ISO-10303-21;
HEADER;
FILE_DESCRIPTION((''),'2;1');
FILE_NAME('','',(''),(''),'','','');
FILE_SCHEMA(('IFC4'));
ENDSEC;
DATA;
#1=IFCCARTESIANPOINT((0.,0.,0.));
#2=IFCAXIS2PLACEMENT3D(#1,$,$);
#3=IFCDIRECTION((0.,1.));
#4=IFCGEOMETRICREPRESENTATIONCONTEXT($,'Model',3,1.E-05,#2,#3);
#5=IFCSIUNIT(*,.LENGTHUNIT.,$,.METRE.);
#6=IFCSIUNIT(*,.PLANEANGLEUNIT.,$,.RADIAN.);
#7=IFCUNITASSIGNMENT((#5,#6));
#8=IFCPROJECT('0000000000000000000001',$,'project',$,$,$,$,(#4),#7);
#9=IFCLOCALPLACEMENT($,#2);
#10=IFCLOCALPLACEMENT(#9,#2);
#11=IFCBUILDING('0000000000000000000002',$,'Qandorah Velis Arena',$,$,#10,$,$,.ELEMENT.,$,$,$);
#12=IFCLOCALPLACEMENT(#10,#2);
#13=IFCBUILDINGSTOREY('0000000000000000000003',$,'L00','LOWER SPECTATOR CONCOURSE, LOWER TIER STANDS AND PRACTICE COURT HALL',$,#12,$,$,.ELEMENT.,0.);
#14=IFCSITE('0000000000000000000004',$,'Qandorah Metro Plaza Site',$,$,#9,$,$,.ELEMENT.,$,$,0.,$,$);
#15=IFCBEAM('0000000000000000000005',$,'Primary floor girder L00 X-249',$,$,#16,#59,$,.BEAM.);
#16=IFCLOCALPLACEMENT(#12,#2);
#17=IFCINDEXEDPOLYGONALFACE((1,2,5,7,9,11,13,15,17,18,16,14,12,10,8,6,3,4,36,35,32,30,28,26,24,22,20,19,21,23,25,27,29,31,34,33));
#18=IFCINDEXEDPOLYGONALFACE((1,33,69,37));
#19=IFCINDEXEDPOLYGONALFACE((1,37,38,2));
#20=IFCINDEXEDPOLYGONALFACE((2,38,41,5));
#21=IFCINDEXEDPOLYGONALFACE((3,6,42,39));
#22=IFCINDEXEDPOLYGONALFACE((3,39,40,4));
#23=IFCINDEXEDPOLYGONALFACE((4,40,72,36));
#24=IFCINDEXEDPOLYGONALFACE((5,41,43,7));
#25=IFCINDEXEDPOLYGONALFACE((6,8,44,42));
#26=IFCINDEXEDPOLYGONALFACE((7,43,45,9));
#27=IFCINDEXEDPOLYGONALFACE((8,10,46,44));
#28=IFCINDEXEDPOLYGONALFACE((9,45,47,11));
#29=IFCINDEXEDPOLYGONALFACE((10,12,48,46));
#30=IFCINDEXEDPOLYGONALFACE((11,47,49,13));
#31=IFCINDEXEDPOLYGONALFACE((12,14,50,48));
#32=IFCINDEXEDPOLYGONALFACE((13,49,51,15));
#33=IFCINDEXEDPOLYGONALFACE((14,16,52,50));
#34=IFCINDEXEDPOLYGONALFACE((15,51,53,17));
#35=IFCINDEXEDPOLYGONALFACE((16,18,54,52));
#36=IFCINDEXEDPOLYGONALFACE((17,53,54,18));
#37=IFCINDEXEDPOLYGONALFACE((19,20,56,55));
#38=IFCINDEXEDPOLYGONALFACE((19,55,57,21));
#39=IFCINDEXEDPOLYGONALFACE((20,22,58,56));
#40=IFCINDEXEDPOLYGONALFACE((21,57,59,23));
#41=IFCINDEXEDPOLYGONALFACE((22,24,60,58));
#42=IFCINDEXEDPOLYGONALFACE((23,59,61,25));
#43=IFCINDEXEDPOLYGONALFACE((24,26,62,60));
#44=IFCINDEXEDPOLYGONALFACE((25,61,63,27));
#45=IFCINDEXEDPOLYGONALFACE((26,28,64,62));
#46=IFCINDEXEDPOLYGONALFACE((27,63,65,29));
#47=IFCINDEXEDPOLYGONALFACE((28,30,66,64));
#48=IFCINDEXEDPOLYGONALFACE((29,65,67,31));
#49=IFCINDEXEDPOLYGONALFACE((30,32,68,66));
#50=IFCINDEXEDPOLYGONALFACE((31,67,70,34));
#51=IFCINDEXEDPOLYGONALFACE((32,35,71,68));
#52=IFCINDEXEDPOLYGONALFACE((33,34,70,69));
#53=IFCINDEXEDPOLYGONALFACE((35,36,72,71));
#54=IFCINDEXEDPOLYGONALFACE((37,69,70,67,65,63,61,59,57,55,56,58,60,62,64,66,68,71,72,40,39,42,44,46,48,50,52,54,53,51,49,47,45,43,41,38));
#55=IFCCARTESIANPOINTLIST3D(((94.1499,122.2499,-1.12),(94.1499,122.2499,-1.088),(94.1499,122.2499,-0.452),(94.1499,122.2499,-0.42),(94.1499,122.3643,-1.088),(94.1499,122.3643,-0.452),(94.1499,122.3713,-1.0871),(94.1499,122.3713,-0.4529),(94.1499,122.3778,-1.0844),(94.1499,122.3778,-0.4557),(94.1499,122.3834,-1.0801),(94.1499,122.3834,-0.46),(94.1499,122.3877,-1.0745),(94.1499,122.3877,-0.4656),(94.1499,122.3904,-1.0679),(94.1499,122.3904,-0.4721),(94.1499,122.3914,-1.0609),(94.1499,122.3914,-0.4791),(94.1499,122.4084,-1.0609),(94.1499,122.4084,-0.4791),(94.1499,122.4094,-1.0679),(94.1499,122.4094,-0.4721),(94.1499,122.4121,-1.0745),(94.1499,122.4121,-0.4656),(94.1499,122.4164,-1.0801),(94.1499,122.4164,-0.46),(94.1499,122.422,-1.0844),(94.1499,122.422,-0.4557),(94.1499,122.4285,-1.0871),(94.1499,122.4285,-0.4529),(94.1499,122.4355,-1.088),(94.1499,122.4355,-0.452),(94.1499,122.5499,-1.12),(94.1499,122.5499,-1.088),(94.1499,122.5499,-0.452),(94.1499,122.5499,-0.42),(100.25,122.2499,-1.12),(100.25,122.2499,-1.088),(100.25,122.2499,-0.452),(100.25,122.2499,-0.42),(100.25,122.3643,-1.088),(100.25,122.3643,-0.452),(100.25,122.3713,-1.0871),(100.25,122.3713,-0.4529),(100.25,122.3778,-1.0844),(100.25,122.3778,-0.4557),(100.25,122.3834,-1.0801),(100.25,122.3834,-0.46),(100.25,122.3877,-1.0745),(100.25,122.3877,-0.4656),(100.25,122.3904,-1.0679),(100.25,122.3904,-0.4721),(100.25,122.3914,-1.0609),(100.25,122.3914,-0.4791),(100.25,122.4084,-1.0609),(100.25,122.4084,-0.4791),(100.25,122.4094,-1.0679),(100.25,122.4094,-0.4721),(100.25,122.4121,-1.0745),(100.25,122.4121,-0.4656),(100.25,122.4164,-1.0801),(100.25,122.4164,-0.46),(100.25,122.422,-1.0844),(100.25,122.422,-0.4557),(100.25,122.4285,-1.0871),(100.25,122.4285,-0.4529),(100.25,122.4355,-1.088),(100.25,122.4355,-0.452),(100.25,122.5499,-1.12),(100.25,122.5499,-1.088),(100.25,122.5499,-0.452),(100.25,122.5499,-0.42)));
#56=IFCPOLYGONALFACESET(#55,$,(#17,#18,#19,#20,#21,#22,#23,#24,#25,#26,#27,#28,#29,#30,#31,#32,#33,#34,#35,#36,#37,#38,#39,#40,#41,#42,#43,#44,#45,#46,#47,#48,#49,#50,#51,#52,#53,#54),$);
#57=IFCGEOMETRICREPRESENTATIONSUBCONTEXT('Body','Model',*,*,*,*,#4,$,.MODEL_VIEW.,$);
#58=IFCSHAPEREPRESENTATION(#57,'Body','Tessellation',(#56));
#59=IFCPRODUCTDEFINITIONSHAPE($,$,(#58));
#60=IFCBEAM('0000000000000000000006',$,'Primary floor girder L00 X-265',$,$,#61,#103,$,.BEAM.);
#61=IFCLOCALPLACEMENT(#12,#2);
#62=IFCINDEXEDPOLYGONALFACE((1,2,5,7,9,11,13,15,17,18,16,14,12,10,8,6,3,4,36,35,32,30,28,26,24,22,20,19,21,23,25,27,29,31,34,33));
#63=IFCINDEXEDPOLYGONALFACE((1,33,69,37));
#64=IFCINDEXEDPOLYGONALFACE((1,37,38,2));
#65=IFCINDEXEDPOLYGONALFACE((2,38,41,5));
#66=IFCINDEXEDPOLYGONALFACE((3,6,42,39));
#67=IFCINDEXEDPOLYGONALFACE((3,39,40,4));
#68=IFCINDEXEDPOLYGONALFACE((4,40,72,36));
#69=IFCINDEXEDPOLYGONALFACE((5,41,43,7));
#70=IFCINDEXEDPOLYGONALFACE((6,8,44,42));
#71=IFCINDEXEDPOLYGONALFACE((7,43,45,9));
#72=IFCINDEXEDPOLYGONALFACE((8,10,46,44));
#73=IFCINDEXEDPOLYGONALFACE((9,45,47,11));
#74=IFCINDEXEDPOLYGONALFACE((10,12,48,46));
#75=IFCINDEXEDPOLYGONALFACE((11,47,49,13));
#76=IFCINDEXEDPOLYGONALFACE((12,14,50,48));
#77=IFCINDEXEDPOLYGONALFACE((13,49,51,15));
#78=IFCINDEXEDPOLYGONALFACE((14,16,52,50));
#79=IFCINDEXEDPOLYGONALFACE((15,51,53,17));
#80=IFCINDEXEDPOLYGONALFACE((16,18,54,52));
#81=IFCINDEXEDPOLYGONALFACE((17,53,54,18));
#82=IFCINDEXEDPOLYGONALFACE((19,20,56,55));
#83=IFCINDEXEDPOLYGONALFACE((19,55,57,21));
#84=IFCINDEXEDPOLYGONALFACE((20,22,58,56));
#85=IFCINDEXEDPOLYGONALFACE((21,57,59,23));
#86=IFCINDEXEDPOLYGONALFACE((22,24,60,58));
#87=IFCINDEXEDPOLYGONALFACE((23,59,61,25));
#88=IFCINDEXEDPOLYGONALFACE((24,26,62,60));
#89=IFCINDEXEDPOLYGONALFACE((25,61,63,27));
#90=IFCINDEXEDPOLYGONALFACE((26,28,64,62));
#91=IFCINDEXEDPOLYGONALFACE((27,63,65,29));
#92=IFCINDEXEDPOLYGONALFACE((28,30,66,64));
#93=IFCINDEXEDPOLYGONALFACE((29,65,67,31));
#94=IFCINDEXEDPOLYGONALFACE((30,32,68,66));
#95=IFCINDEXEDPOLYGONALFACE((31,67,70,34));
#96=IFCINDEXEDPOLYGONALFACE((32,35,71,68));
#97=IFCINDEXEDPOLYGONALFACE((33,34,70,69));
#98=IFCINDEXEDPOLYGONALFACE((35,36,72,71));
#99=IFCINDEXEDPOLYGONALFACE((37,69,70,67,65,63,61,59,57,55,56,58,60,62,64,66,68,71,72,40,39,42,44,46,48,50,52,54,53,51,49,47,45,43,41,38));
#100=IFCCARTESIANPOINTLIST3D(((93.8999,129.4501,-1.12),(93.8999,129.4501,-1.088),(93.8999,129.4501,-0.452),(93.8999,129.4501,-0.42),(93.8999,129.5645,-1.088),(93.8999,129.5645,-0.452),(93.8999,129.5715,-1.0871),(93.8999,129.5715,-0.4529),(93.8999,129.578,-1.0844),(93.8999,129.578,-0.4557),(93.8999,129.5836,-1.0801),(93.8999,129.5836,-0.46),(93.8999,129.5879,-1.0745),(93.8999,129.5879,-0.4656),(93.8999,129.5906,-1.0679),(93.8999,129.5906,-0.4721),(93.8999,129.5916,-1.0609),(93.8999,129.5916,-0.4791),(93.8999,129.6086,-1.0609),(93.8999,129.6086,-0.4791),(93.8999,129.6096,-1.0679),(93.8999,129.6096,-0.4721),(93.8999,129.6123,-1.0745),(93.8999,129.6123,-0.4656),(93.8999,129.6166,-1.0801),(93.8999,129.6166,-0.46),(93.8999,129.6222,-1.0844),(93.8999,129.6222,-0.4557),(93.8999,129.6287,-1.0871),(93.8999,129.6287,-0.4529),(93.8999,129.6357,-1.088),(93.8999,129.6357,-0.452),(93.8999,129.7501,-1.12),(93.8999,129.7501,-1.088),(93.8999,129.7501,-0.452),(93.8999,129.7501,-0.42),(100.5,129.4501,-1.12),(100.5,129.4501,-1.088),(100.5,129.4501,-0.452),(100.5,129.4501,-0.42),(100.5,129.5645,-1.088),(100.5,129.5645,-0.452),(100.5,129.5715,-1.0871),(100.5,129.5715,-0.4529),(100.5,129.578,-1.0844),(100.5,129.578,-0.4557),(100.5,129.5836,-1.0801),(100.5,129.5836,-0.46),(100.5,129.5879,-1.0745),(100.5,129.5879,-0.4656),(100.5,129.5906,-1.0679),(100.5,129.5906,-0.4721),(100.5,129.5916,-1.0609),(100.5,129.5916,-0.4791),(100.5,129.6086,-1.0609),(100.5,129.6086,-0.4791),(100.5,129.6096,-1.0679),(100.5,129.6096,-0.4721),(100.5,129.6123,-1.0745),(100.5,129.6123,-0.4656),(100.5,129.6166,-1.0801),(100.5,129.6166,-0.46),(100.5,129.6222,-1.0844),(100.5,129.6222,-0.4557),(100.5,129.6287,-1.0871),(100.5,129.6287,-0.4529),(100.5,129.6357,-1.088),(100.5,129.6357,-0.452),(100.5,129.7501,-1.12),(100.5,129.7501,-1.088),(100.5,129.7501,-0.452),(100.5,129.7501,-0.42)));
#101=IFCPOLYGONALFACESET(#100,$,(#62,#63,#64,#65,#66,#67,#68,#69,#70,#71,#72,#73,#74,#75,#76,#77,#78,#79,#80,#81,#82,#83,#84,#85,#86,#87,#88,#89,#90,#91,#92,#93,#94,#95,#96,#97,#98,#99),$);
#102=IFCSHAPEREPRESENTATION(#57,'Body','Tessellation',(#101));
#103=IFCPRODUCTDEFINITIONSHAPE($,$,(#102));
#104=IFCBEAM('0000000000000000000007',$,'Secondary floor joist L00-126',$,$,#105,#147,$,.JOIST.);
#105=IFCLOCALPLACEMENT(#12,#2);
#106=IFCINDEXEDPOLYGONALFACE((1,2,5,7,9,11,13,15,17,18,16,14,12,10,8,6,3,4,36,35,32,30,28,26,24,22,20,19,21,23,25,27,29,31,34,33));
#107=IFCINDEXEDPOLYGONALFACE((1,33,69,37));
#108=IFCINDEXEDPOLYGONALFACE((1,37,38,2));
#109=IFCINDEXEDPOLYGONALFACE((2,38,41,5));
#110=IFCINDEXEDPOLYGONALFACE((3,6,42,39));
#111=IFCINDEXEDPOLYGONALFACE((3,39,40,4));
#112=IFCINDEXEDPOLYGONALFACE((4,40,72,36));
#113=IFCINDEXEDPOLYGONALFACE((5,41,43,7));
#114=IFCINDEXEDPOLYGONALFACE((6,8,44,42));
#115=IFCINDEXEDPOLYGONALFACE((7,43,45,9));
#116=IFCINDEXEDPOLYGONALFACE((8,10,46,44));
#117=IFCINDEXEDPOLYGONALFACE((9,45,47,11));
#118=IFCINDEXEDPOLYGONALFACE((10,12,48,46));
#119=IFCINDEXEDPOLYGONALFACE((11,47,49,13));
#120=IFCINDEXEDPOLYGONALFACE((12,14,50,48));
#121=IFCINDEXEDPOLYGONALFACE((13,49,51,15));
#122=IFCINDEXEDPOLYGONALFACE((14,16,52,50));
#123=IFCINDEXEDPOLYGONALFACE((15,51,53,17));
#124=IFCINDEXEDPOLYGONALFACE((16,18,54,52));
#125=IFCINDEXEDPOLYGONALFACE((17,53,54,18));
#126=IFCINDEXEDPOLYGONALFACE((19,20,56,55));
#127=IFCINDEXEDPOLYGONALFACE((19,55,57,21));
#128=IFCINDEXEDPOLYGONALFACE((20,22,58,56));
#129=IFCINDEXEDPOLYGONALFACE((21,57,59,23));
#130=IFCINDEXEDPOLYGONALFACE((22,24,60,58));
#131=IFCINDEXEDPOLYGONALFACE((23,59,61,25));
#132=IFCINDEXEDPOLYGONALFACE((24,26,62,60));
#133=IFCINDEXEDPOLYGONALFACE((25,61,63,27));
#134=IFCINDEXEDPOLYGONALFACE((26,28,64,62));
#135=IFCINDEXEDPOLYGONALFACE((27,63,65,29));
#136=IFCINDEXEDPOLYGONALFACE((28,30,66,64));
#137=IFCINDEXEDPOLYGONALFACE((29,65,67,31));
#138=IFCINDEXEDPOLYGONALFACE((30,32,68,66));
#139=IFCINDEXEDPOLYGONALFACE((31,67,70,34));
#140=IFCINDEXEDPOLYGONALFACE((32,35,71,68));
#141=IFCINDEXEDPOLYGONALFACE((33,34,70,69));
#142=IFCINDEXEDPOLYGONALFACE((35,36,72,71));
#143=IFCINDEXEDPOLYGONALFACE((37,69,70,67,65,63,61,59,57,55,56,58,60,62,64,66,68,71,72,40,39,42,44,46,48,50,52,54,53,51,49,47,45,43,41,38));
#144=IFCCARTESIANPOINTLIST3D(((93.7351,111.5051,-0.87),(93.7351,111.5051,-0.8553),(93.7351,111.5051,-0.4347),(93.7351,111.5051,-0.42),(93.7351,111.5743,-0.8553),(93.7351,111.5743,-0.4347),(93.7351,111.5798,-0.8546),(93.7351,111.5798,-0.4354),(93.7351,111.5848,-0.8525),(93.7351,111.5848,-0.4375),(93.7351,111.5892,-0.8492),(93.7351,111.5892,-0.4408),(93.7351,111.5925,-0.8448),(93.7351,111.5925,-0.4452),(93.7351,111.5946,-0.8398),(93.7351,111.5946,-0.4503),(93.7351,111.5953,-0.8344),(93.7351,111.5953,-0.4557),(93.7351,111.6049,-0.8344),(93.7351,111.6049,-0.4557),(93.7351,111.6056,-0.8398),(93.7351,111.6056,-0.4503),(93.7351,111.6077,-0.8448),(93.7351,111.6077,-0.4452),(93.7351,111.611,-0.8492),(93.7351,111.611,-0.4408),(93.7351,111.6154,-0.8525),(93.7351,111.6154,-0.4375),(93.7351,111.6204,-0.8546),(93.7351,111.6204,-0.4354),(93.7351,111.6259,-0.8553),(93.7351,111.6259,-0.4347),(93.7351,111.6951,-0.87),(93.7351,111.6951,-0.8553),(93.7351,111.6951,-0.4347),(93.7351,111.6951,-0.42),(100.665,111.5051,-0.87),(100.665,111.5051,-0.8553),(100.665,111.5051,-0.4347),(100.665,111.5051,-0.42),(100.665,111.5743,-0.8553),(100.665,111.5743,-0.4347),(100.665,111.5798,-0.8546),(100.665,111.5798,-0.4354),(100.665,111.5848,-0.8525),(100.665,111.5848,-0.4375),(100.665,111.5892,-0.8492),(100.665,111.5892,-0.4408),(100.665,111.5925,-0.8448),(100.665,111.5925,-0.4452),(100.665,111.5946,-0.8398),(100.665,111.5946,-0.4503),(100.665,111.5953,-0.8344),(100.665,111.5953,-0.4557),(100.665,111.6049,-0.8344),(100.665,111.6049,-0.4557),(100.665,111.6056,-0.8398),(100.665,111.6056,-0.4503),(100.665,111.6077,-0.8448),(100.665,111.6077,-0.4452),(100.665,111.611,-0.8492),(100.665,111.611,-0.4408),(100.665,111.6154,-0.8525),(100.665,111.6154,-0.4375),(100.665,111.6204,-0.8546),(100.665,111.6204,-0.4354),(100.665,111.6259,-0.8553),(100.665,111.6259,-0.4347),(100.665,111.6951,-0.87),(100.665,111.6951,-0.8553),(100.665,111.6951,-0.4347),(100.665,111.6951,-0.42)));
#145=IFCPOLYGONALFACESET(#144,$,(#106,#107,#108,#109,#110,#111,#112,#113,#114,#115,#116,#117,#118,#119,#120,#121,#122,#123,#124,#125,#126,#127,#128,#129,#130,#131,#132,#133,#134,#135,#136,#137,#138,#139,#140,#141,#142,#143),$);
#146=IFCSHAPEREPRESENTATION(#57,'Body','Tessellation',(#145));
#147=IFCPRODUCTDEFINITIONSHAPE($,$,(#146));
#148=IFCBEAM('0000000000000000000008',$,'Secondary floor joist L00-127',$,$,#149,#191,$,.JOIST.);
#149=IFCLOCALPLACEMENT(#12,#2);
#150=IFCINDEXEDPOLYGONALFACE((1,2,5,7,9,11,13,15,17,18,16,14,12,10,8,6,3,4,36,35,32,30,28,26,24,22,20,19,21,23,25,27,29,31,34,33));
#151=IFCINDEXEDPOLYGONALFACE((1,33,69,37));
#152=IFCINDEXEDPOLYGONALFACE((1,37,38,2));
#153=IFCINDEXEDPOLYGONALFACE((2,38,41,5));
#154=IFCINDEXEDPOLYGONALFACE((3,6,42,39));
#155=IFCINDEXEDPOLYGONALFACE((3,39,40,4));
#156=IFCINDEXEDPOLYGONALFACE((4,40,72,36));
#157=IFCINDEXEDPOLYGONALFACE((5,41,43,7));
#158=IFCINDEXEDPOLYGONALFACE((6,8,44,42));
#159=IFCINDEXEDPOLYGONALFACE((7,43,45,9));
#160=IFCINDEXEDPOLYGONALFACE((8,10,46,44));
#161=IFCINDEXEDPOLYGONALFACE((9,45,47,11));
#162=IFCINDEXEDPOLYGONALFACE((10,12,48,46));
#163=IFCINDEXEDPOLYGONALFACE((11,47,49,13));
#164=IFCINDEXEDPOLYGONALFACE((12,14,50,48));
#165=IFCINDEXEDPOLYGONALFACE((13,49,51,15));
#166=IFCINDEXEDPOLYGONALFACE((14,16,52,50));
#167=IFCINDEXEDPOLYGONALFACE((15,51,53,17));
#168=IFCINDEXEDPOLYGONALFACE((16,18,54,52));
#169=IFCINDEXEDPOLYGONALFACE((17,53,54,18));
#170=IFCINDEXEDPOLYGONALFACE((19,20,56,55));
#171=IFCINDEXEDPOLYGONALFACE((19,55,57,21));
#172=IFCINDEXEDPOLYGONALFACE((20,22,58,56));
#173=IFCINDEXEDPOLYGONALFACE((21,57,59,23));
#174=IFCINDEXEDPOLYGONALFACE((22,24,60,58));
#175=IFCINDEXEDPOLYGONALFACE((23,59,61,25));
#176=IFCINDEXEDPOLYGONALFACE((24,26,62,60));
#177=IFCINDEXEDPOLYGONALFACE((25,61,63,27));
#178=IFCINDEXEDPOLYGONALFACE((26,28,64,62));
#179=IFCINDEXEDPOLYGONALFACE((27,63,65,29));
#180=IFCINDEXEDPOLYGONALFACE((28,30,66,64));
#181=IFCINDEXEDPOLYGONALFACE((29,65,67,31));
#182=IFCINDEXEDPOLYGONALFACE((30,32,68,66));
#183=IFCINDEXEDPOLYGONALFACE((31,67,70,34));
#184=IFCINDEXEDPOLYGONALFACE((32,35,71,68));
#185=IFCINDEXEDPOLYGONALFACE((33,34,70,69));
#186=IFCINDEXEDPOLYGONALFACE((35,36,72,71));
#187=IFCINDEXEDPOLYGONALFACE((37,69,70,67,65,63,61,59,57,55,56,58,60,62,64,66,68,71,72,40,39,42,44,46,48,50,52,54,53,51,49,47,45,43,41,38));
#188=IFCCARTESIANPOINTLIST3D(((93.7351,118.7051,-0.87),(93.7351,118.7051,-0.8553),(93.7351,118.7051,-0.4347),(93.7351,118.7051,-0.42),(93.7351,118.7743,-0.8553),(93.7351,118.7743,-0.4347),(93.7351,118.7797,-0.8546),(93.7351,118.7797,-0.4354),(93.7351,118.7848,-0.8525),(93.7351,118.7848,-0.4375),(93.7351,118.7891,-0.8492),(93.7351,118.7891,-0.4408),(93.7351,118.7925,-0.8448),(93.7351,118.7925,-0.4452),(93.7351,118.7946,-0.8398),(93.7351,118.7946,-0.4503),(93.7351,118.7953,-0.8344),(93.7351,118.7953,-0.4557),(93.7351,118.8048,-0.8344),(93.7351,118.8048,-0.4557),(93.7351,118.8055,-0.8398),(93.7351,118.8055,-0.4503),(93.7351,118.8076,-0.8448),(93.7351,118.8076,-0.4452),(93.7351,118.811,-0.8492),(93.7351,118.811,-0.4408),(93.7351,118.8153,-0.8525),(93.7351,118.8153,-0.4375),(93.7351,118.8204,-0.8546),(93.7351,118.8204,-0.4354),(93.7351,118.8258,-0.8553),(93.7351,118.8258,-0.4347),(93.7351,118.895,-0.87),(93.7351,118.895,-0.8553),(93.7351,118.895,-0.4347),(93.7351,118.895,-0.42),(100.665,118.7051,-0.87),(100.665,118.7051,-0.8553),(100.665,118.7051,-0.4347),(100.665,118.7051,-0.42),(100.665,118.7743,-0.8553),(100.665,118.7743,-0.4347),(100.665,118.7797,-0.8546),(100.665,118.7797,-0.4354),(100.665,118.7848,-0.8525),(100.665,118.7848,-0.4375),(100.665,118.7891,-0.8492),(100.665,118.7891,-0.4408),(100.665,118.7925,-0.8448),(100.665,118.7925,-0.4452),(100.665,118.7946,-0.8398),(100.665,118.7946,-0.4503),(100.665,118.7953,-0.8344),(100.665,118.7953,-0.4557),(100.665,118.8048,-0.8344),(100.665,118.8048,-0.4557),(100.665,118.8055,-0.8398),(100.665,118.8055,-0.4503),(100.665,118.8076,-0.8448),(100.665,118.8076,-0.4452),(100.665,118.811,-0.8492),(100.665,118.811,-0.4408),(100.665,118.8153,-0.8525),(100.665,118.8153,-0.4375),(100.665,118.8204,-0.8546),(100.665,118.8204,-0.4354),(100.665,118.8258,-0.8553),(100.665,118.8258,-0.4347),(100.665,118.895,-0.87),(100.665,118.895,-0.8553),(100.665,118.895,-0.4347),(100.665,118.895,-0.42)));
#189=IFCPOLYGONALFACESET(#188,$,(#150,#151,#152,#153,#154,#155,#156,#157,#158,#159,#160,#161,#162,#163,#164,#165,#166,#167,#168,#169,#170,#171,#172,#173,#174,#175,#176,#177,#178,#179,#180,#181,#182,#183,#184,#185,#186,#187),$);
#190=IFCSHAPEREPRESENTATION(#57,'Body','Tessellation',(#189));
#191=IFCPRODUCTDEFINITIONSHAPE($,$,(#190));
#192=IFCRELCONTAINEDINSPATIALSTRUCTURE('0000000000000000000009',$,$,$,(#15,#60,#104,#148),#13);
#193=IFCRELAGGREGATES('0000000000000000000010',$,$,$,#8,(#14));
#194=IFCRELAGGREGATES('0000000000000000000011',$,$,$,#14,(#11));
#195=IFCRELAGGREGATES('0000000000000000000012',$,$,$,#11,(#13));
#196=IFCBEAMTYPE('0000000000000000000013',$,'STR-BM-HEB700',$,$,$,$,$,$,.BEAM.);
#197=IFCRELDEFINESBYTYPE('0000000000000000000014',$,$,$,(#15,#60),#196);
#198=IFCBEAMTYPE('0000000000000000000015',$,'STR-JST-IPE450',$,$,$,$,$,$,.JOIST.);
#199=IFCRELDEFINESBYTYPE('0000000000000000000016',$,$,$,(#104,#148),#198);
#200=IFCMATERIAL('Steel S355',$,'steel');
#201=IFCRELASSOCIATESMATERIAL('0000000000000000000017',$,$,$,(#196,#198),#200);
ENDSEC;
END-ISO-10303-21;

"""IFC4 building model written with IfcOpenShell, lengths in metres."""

from ifc_helpers import new_model, si_unit, direction, frame, origin, origin_2d, place, context, subcontext, project, spatial, i_section, extrude, material, material_profile, profile_set, type_object, element, save


model = new_model("IFC4")

# Units and contexts
model_context = context("Model", 3, precision=1e-05, world=origin(), true_north=direction((0.0, 1.0)))
body_context = subcontext(model_context, "Body", "Model", "MODEL_VIEW")
ifc_project = project(units=[si_unit("LENGTHUNIT", "METRE"), si_unit("PLANEANGLEUNIT", "RADIAN")], contexts=[model_context])

# Site, building, storey
site_placement = place(None, origin())
site = spatial("IfcSite", under=ifc_project, at=site_placement, Name="Qandorah Metro Plaza Site", CompositionType="ELEMENT", RefElevation=0.0)
building_placement = place(site_placement, origin())
building = spatial("IfcBuilding", under=site, at=building_placement, Name="Qandorah Velis Arena", CompositionType="ELEMENT")
storey_placement = place(building_placement, origin())
storey = spatial("IfcBuildingStorey", under=building, at=storey_placement, Name="L00", Description="LOWER SPECTATOR CONCOURSE, LOWER TIER STANDS AND PRACTICE COURT HALL", CompositionType="ELEMENT", Elevation=0.0)

# Beams
ifc_material_1 = material(Name="Steel S355", Category="steel")
ifc_material_profile_1 = material_profile(ifc_material_1, i_section(OverallWidth=0.3, OverallDepth=0.7, WebThickness=0.0171, FlangeThickness=0.032, FilletRadius=0.0271, at=origin_2d()), Name="HEB 700")
ifc_profile_set_1 = profile_set([ifc_material_profile_1], Name="Steel S355")
beam_type_1 = type_object("IfcBeamType", Name="STR-BM-HEB700", PredefinedType="BEAM", material=ifc_profile_set_1)
for number, where, z_axis, x_axis, name in (
    (1, (94.1499, 122.3999, -0.77), (1.0, 0.0, 0.0), (0.0, 1.0, 0.0), "Primary floor girder L00 X-249"),
):
    element("IfcBeam", number, at=place(storey_placement, frame(where, z_axis=z_axis, x_axis=x_axis)), inside=storey, type_object=beam_type_1, Name=name, PredefinedType="BEAM", context=body_context, shape_type="SweptSolid", body=[
        extrude(i_section(OverallWidth=0.3, OverallDepth=0.7, WebThickness=0.0171, FlangeThickness=0.032, FilletRadius=0.0271, at=origin_2d()), origin(), (0.0, 0.0, 1.0), 6.1001),
    ])
beam_1_placement = place(storey_placement, frame((93.8999, 129.6001, -0.77), z_axis=(1.0, 0.0, 0.0), x_axis=(0.0, 1.0, 0.0)))
element("IfcBeam", 2, at=beam_1_placement, inside=storey, type_object=beam_type_1, Name="Primary floor girder L00 X-265", PredefinedType="BEAM", context=body_context, shape_type="SweptSolid", body=[
    extrude(i_section(OverallWidth=0.3, OverallDepth=0.7, WebThickness=0.0171, FlangeThickness=0.032, FilletRadius=0.0271, at=origin_2d()), origin(), (0.0, 0.0, 1.0), 6.6001),
])
ifc_material_profile_2 = material_profile(ifc_material_1, i_section(OverallWidth=0.1899, OverallDepth=0.45, WebThickness=0.0095, FlangeThickness=0.0146, FilletRadius=0.021, at=origin_2d()), Name="IPE 450")
ifc_profile_set_2 = profile_set([ifc_material_profile_2], Name="Steel S355")
beam_type_2 = type_object("IfcBeamType", Name="STR-JST-IPE450", PredefinedType="JOIST", material=ifc_profile_set_2)
for number, where, z_axis, x_axis, name in (
    (3, (93.7351, 111.6001, -0.645), (1.0, 0.0, 0.0), (0.0, 1.0, 0.0), "Secondary floor joist L00-126"),
    (4, (93.7351, 118.8, -0.645), (1.0, 0.0, 0.0), (0.0, 1.0, 0.0), "Secondary floor joist L00-127"),
):
    element("IfcBeam", number, at=place(storey_placement, frame(where, z_axis=z_axis, x_axis=x_axis)), inside=storey, type_object=beam_type_2, Name=name, PredefinedType="JOIST", context=body_context, shape_type="SweptSolid", body=[
        extrude(i_section(OverallWidth=0.1899, OverallDepth=0.45, WebThickness=0.0095, FlangeThickness=0.0146, FilletRadius=0.021, at=origin_2d()), origin(), (0.0, 0.0, 1.0), 6.9299),
    ])

save(model, "model.ifc")
